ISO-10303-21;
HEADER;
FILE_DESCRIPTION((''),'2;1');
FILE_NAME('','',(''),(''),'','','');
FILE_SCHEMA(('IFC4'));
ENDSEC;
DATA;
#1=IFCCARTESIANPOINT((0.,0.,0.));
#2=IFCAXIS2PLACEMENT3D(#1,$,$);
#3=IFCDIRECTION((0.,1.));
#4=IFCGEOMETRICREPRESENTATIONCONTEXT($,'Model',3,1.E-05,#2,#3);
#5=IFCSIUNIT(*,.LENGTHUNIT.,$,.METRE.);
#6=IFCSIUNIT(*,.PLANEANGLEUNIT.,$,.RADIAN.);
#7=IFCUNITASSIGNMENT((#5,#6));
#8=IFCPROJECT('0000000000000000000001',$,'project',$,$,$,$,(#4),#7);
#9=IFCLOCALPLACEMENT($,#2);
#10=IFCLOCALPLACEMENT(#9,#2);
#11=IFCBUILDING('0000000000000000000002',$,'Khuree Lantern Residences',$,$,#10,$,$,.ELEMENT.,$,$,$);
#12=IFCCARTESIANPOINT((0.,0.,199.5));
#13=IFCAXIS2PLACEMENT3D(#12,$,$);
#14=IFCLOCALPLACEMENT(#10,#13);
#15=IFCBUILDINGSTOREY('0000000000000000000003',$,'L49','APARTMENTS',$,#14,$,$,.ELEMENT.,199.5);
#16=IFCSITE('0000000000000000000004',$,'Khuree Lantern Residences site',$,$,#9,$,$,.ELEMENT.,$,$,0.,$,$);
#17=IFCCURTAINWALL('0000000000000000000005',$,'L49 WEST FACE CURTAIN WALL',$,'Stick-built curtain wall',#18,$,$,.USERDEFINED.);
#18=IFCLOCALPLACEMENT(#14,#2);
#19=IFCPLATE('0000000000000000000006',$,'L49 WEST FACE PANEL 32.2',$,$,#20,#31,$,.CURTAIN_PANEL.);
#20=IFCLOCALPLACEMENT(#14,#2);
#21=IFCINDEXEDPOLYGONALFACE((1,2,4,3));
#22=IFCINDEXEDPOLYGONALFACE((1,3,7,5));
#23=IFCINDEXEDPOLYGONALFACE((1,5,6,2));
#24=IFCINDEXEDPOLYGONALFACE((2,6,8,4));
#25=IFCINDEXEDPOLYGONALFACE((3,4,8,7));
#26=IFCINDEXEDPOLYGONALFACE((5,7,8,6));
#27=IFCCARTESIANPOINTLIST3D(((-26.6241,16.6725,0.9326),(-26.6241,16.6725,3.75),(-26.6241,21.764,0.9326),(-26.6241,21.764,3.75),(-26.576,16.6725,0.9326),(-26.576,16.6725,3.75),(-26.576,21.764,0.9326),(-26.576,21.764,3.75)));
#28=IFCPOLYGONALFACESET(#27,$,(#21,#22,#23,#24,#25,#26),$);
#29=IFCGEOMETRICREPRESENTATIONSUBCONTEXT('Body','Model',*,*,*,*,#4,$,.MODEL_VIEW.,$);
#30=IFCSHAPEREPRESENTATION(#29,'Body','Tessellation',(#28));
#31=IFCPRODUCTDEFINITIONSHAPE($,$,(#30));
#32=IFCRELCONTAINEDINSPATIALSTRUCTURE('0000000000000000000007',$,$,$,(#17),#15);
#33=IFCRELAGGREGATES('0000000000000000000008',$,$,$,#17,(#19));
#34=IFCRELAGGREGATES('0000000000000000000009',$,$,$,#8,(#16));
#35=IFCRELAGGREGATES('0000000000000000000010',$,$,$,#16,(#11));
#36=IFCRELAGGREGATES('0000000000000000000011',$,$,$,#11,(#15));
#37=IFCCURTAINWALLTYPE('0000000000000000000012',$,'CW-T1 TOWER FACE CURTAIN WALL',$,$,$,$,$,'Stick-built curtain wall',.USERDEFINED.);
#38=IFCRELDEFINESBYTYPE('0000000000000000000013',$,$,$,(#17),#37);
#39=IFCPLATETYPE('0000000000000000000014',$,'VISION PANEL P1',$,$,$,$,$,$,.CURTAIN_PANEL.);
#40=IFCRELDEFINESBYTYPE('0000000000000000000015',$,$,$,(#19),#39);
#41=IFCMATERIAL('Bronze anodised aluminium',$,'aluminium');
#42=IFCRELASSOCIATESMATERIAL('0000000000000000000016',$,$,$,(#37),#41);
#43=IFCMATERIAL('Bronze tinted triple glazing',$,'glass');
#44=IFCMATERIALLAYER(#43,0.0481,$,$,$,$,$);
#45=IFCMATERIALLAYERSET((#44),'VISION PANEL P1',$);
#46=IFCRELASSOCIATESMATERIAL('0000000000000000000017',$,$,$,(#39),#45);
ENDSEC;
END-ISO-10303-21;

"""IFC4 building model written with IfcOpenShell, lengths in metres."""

from ifc_helpers import new_model, si_unit, direction, frame, origin, origin_2d, place, context, subcontext, project, spatial, rectangle, extrude, material, layer, layer_set, type_object, element, aggregate, save


model = new_model("IFC4")

# Units and contexts
model_context = context("Model", 3, precision=1e-05, world=origin(), true_north=direction((0.0, 1.0)))
body_context = subcontext(model_context, "Body", "Model", "MODEL_VIEW")
ifc_project = project(units=[si_unit("LENGTHUNIT", "METRE"), si_unit("PLANEANGLEUNIT", "RADIAN")], contexts=[model_context])

# Site, building, storey
site_placement = place(None, origin())
site = spatial("IfcSite", under=ifc_project, at=site_placement, Name="Khuree Lantern Residences site", CompositionType="ELEMENT", RefElevation=0.0)
building_placement = place(site_placement, origin())
building = spatial("IfcBuilding", under=site, at=building_placement, Name="Khuree Lantern Residences", CompositionType="ELEMENT")
storey_placement = place(building_placement, frame((0.0, 0.0, 199.5)))
storey = spatial("IfcBuildingStorey", under=building, at=storey_placement, Name="L49", Description="APARTMENTS", CompositionType="ELEMENT", Elevation=199.5)

# Shared definitions
ifc_material_1 = material(Name="Bronze anodised aluminium", Category="aluminium")

# Curtain wall
curtain_wall_type_1 = type_object("IfcCurtainWallType", Name="CW-T1 TOWER FACE CURTAIN WALL", ElementType="Stick-built curtain wall", PredefinedType="USERDEFINED", material=ifc_material_1)
curtain_wall_1_placement = place(storey_placement, origin())
curtain_wall_1 = element("IfcCurtainWall", 1, at=curtain_wall_1_placement, inside=storey, type_object=curtain_wall_type_1, Name="L49 WEST FACE CURTAIN WALL", ObjectType="Stick-built curtain wall", PredefinedType="USERDEFINED")

# Plate
ifc_material_2 = material(Name="Bronze tinted triple glazing", Category="glass")
ifc_layer_1 = layer(ifc_material_2, 0.0481)
ifc_layer_set_1 = layer_set([ifc_layer_1], Name="VISION PANEL P1")
plate_type_1 = type_object("IfcPlateType", Name="VISION PANEL P1", PredefinedType="CURTAIN_PANEL", material=ifc_layer_set_1)
plate_1_placement = place(storey_placement, frame((-26.6001, 19.2183, 0.9326), z_axis=(0.0, 0.0, 1.0), x_axis=(0.0, -1.0, 0.0)))
plate_1 = element("IfcPlate", 2, at=plate_1_placement, type_object=plate_type_1, Name="L49 WEST FACE PANEL 32.2", PredefinedType="CURTAIN_PANEL", context=body_context, shape_type="SweptSolid", body=[
    extrude(rectangle(XDim=5.0916, YDim=0.0481, at=origin_2d()), origin(), (0.0, 0.0, 1.0), 2.8174),
])
aggregate(curtain_wall_1, [plate_1])

save(model, "model.ifc")
